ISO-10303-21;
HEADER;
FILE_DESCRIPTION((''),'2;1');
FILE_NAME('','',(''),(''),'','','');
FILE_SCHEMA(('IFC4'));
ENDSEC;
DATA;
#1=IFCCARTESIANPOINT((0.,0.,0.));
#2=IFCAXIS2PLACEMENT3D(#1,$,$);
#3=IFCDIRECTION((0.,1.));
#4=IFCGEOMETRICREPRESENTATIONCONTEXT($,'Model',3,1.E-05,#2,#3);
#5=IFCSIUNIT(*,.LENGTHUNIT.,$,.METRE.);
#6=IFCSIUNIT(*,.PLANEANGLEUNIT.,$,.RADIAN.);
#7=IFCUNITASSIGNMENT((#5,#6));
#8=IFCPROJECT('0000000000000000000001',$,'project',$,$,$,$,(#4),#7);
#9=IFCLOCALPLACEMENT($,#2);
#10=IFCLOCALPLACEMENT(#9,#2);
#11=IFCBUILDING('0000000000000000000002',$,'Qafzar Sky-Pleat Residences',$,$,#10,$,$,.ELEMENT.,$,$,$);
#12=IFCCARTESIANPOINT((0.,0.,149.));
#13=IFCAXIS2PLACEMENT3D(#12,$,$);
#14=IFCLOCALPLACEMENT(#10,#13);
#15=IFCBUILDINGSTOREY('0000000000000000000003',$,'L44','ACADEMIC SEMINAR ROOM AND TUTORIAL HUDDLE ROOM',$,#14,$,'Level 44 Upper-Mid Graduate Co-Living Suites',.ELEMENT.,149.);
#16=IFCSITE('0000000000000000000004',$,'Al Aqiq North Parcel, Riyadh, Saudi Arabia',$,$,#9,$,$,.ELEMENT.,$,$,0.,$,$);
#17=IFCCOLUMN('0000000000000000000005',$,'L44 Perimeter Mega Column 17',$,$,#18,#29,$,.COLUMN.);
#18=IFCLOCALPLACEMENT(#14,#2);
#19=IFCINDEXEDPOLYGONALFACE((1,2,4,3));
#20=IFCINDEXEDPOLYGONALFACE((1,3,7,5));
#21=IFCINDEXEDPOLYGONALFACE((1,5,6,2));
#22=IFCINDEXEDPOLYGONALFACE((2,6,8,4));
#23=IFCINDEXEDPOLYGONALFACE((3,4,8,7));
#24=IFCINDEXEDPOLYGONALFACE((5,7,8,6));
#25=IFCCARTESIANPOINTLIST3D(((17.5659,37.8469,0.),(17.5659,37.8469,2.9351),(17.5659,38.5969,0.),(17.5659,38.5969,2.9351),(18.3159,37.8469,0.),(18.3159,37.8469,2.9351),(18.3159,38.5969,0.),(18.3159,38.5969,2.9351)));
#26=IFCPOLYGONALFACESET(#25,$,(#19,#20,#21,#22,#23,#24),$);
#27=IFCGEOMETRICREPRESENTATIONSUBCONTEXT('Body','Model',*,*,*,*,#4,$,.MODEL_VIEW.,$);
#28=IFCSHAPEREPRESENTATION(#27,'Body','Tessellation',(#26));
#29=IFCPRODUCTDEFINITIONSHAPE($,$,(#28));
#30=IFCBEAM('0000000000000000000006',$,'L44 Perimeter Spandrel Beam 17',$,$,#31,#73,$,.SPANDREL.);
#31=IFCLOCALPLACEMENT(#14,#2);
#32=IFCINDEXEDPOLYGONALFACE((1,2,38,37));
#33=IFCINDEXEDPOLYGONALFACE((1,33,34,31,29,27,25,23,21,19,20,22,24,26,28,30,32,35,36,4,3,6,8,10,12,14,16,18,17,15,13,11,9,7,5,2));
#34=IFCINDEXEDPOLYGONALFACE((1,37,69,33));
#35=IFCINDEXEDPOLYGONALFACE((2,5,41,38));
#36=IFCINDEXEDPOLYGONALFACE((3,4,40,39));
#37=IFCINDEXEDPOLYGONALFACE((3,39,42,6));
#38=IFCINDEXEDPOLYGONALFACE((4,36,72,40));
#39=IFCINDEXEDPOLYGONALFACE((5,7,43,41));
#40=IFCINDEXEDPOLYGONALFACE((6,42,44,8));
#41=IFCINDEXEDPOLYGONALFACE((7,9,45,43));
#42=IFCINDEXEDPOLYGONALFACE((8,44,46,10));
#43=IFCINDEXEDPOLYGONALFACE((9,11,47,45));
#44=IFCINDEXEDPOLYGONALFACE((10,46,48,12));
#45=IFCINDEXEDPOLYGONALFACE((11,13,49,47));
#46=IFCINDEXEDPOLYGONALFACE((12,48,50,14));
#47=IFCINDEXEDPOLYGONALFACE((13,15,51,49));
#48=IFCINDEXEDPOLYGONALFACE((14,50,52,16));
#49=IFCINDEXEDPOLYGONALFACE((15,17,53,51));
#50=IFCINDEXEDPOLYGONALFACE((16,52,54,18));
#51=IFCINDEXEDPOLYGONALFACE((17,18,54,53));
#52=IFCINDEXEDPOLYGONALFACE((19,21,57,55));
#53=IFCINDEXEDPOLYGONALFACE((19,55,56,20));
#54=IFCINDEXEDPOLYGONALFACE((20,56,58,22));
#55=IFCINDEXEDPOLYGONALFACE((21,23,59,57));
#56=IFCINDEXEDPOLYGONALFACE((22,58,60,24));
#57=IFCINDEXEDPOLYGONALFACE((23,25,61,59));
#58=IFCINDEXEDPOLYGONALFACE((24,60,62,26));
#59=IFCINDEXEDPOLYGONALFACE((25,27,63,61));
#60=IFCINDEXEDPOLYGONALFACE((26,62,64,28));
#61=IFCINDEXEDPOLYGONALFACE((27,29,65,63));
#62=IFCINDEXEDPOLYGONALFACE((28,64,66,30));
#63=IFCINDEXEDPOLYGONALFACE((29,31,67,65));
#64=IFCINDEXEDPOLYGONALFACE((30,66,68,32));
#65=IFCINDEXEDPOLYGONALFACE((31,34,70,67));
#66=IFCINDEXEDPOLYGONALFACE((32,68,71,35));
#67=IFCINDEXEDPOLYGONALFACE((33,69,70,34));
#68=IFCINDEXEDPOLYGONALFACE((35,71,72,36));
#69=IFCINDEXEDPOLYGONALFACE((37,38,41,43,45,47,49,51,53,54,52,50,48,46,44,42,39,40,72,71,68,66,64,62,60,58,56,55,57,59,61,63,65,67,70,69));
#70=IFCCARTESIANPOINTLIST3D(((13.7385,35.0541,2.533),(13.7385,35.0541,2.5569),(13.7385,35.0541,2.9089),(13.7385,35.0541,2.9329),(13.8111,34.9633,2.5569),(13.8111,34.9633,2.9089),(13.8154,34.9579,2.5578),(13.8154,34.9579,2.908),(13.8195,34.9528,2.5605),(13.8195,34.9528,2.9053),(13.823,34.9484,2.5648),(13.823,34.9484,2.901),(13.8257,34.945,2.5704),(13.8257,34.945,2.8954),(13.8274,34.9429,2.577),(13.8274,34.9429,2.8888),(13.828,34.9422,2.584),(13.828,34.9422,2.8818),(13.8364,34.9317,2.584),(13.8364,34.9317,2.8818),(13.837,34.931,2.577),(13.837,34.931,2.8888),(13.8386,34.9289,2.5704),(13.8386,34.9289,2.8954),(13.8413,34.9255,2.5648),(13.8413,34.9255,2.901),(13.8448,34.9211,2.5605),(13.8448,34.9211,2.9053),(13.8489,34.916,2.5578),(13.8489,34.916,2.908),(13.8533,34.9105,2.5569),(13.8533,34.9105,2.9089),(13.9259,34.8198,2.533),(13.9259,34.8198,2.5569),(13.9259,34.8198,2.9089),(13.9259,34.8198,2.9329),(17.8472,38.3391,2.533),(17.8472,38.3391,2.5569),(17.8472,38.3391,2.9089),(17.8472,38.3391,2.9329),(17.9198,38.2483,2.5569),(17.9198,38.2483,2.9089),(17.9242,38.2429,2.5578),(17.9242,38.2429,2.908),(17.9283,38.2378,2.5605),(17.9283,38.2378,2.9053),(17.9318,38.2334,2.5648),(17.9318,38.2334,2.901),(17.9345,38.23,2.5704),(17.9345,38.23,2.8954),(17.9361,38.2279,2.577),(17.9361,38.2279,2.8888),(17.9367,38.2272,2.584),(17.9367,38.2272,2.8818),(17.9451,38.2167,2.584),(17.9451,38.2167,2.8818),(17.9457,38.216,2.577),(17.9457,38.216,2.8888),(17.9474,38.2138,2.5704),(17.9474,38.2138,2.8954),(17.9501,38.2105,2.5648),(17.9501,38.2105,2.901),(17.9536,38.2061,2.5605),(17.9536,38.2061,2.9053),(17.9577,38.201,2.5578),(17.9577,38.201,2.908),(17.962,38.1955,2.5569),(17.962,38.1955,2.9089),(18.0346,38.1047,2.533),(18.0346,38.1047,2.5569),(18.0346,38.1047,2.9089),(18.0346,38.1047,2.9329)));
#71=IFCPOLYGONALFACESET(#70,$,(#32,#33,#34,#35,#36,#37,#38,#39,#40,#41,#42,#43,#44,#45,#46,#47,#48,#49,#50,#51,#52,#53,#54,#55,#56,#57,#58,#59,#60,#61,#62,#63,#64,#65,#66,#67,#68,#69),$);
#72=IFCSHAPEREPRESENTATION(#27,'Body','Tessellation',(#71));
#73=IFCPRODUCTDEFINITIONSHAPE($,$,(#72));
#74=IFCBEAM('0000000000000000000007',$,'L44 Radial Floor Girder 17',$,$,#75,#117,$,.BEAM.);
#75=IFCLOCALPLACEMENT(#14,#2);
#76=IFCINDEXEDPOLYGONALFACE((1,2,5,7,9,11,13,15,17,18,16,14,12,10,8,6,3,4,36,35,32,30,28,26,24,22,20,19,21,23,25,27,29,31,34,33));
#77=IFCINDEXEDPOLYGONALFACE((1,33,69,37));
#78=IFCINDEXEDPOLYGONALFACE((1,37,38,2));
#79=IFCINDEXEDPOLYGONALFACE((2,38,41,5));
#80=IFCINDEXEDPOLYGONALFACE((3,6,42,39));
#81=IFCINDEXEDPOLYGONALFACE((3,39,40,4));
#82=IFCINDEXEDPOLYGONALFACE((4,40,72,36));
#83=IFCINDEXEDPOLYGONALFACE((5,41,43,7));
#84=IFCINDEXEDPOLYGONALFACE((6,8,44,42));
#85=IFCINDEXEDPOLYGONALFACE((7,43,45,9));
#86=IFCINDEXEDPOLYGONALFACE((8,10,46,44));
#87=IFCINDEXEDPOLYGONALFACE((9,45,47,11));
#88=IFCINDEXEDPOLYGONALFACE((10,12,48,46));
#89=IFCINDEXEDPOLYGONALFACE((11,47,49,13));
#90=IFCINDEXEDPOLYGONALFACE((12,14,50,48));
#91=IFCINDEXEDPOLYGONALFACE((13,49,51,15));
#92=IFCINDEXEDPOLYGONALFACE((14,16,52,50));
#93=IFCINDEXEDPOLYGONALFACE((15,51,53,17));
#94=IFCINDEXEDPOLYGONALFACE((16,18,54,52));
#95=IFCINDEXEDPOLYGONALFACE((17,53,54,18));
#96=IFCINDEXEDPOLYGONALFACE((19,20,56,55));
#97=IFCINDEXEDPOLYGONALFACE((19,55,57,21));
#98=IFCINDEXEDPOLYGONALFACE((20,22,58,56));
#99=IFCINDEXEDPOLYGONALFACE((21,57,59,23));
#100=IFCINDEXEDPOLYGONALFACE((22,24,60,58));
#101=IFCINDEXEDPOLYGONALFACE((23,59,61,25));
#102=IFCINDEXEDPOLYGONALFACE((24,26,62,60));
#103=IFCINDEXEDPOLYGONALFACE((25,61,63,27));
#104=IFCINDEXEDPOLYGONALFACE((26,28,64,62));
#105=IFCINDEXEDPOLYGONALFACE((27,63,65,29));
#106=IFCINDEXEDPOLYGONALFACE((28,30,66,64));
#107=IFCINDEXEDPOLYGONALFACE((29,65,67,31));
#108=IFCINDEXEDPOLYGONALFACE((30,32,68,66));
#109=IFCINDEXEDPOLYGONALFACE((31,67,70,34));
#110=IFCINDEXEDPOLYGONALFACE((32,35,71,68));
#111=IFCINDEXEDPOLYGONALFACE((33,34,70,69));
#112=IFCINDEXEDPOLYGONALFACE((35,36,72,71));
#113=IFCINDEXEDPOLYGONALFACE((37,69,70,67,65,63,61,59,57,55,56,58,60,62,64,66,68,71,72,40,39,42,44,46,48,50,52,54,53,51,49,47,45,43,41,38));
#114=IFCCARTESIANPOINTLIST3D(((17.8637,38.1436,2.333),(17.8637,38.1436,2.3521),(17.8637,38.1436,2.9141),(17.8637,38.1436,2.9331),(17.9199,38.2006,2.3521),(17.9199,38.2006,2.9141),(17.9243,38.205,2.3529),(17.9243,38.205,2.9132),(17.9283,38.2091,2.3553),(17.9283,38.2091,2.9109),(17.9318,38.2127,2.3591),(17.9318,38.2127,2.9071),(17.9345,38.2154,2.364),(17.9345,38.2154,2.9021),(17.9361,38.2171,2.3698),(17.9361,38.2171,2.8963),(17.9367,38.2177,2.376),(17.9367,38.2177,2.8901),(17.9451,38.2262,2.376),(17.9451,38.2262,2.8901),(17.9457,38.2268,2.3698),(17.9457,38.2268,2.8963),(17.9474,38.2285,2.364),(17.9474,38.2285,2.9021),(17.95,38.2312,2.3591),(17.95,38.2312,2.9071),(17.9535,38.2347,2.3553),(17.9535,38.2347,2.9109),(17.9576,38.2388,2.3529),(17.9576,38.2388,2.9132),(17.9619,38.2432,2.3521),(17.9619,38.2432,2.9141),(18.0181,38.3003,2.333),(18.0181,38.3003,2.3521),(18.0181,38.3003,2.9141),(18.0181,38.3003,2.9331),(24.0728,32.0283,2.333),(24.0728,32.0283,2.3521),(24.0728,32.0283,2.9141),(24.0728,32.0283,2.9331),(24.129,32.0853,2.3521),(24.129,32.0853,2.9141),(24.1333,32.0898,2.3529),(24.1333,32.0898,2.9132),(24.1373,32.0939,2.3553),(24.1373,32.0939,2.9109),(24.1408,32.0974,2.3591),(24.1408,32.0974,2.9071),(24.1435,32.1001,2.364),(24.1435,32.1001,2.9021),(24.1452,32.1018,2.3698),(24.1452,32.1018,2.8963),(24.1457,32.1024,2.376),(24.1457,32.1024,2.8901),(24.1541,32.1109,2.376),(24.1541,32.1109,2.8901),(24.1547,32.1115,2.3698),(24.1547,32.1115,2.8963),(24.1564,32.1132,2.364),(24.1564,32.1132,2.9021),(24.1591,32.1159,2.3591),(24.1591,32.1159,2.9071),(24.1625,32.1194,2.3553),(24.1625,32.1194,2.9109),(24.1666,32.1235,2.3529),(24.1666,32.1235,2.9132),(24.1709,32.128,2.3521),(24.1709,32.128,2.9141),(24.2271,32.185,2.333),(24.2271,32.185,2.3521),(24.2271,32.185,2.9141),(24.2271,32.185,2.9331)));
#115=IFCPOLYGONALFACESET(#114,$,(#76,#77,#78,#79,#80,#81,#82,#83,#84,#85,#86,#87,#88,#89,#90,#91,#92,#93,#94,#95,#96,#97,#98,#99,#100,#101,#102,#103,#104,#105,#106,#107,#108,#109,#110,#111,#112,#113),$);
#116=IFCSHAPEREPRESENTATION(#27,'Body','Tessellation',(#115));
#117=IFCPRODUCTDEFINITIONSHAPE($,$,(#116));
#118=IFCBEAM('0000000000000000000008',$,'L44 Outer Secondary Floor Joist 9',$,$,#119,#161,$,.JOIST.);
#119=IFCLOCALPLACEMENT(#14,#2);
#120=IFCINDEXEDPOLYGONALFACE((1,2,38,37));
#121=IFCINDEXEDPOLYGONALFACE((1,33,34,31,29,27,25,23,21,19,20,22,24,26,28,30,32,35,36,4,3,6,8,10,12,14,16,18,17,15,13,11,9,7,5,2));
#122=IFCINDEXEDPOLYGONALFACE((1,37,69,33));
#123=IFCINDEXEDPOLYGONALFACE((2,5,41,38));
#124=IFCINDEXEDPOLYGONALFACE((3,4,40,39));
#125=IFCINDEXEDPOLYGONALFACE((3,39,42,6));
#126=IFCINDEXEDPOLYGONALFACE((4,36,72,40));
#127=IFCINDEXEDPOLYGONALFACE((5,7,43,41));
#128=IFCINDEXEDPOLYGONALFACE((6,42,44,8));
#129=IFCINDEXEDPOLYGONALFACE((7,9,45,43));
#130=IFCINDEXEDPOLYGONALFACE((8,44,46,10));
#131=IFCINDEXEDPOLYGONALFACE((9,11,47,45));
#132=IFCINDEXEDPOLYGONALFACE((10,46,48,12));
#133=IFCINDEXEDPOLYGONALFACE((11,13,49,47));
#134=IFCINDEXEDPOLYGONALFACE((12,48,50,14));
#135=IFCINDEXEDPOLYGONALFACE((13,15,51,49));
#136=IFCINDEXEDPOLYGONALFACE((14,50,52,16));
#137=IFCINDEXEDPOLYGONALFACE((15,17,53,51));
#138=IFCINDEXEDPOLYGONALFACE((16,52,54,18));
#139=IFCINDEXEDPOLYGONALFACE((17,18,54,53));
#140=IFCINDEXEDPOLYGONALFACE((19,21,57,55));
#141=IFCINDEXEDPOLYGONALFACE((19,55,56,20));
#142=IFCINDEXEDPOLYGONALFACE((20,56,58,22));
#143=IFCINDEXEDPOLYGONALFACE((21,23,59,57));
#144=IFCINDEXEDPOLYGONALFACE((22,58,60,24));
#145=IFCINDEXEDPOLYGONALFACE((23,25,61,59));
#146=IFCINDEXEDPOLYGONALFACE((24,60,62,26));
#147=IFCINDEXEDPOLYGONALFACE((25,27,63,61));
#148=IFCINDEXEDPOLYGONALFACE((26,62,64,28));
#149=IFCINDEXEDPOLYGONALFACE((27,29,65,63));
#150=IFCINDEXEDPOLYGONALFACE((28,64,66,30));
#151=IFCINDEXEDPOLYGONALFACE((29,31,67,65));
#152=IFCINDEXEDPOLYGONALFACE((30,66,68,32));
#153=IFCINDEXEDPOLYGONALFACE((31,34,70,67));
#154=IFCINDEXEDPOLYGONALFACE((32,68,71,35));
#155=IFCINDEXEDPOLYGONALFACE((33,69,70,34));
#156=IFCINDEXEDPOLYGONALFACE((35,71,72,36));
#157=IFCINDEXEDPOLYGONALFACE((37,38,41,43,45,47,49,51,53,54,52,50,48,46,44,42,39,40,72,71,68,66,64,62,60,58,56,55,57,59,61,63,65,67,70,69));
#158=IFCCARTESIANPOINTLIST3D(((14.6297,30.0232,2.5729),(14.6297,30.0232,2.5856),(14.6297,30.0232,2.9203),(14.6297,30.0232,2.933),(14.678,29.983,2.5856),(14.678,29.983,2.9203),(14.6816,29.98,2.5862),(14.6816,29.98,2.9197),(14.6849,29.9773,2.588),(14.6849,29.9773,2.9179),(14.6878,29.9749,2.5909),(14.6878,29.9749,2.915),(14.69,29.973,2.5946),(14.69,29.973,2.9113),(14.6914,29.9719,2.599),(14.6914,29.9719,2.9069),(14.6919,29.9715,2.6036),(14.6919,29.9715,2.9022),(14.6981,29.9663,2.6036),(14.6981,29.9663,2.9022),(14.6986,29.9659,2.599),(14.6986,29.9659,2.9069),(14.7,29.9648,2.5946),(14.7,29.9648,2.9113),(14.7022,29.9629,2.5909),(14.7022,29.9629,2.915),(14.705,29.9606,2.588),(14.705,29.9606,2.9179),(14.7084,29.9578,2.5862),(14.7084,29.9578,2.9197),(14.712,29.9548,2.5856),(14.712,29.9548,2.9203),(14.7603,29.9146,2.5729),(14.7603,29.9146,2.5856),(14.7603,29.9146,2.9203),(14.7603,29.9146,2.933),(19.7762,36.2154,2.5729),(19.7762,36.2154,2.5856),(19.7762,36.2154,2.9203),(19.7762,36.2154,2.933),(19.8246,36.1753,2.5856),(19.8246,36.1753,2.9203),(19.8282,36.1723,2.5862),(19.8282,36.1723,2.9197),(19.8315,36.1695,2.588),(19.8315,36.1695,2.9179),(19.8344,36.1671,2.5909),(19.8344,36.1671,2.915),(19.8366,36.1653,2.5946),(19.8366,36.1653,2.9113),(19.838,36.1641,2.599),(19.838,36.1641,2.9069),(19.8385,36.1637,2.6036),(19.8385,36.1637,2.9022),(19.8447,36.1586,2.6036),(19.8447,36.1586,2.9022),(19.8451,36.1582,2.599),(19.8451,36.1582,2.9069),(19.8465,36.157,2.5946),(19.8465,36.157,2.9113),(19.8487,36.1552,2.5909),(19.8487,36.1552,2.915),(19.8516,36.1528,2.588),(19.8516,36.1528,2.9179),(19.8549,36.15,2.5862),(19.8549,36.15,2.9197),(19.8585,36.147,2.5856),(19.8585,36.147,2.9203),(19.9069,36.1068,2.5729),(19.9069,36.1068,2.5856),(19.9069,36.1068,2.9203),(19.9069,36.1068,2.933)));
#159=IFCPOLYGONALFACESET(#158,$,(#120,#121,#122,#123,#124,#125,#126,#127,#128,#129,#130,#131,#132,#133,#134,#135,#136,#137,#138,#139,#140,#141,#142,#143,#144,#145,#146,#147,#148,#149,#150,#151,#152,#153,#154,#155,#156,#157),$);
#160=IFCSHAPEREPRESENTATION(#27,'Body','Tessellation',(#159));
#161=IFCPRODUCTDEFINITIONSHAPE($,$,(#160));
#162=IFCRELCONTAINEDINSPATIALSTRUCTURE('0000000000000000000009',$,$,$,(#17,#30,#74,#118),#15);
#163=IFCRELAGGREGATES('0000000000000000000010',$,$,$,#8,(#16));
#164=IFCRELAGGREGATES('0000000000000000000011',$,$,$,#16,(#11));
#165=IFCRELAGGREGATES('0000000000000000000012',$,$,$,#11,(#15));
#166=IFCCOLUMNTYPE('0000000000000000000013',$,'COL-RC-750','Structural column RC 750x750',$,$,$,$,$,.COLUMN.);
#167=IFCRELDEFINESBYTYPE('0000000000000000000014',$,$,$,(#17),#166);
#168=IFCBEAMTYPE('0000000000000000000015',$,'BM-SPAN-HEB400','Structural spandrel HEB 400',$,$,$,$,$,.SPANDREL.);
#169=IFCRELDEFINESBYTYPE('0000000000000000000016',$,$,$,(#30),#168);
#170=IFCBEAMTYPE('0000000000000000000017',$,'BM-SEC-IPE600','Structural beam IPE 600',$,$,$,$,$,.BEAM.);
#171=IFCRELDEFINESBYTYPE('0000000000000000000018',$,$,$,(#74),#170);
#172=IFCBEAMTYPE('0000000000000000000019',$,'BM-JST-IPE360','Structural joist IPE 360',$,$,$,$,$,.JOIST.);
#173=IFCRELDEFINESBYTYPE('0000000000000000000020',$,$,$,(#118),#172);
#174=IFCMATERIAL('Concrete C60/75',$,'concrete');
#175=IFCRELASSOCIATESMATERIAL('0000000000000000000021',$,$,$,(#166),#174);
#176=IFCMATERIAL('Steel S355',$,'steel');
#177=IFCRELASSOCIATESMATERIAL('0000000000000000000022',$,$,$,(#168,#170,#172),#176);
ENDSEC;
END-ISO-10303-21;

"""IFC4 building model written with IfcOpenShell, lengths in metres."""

from ifc_helpers import new_model, si_unit, direction, frame, origin, origin_2d, place, context, subcontext, project, spatial, rectangle, i_section, extrude, source, transform, mapped, material, material_profile, profile_set, type_object, element, save


model = new_model("IFC4")

# Units and contexts
model_context = context("Model", 3, precision=1e-05, world=origin(), true_north=direction((0.0, 1.0)))
body_context = subcontext(model_context, "Body", "Model", "MODEL_VIEW")
ifc_project = project(units=[si_unit("LENGTHUNIT", "METRE"), si_unit("PLANEANGLEUNIT", "RADIAN")], contexts=[model_context])

# Site, building, storey
site_placement = place(None, origin())
site = spatial("IfcSite", under=ifc_project, at=site_placement, Name="Al Aqiq North Parcel, Riyadh, Saudi Arabia", CompositionType="ELEMENT", RefElevation=0.0)
building_placement = place(site_placement, origin())
building = spatial("IfcBuilding", under=site, at=building_placement, Name="Qafzar Sky-Pleat Residences", CompositionType="ELEMENT")
storey_placement = place(building_placement, frame((0.0, 0.0, 149.0)))
storey = spatial("IfcBuildingStorey", under=building, at=storey_placement, Name="L44", Description="ACADEMIC SEMINAR ROOM AND TUTORIAL HUDDLE ROOM", LongName="Level 44 Upper-Mid Graduate Co-Living Suites", CompositionType="ELEMENT", Elevation=149.0)

# Column
ifc_material_1 = material(Name="Concrete C60/75", Category="concrete")
ifc_material_profile_1 = material_profile(ifc_material_1, rectangle(XDim=0.75, YDim=0.75, at=origin_2d()), Name="RC 750x750")
ifc_profile_set_1 = profile_set([ifc_material_profile_1], Name="Concrete C60/75")
column_type = type_object("IfcColumnType", Name="COL-RC-750", Description="Structural column RC 750x750", PredefinedType="COLUMN", material=ifc_profile_set_1)
shared_shape_1 = source(origin(), body_context, "Body", "SweptSolid", [
    extrude(rectangle(XDim=0.75, YDim=0.75, at=origin_2d()), origin(), (0.0, 0.0, 1.0), 2.9351),
])
column_placement = place(storey_placement, frame((17.9409, 38.2219, 0.0), z_axis=(0.0, 0.0, 1.0), x_axis=(1.0, 0.0, 0.0)))
element("IfcColumn", 1, at=column_placement, inside=storey, type_object=column_type, Name="L44 Perimeter Mega Column 17", PredefinedType="COLUMN", context=body_context, shape_type="MappedRepresentation", body=[
    mapped(shared_shape_1, transform((0.0, 0.0, 0.0), x_axis=(1.0, 0.0, 0.0), y_axis=(0.0, 1.0, 0.0), z_axis=(0.0, 0.0, 1.0), scale=1.0)),
])

# Beams
ifc_material_2 = material(Name="Steel S355", Category="steel")
ifc_material_profile_2 = material_profile(ifc_material_2, i_section(OverallWidth=0.3, OverallDepth=0.3999, WebThickness=0.0134, FlangeThickness=0.0239, FilletRadius=0.0271, at=origin_2d()), Name="HEB 400")
ifc_profile_set_2 = profile_set([ifc_material_profile_2], Name="Steel S355")
beam_type_1 = type_object("IfcBeamType", Name="BM-SPAN-HEB400", Description="Structural spandrel HEB 400", PredefinedType="SPANDREL", material=ifc_profile_set_2)
shared_shape_2 = source(origin(), body_context, "Body", "SweptSolid", [
    extrude(i_section(OverallWidth=0.3, OverallDepth=0.3999, WebThickness=0.0134, FlangeThickness=0.0239, FilletRadius=0.0271, at=origin_2d()), origin(), (0.0, 0.0, 1.0), 5.2605),
])
beam_1_placement = place(storey_placement, frame((17.9409, 38.2219, 2.7329), z_axis=(-0.781054, -0.624463, 0.0), x_axis=(0.624463, -0.781054, 0.0)))
element("IfcBeam", 2, at=beam_1_placement, inside=storey, type_object=beam_type_1, Name="L44 Perimeter Spandrel Beam 17", PredefinedType="SPANDREL", context=body_context, shape_type="MappedRepresentation", body=[
    mapped(shared_shape_2, transform((0.0, 0.0, 0.0), x_axis=(1.0, 0.0, 0.0), y_axis=(0.0, 1.0, 0.0), z_axis=(0.0, 0.0, 1.0), scale=1.0)),
])
ifc_material_profile_3 = material_profile(ifc_material_2, i_section(OverallWidth=0.22, OverallDepth=0.6001, WebThickness=0.012, FlangeThickness=0.019, FilletRadius=0.0239, at=origin_2d()), Name="IPE 600")
ifc_profile_set_3 = profile_set([ifc_material_profile_3], Name="Steel S355")
beam_type_2 = type_object("IfcBeamType", Name="BM-SEC-IPE600", Description="Structural beam IPE 600", PredefinedType="BEAM", material=ifc_profile_set_3)
shared_shape_3 = source(origin(), body_context, "Body", "SweptSolid", [
    extrude(i_section(OverallWidth=0.22, OverallDepth=0.6001, WebThickness=0.012, FlangeThickness=0.019, FilletRadius=0.0239, at=origin_2d()), origin(), (0.0, 0.0, 1.0), 8.7148),
])
beam_2_placement = place(storey_placement, frame((17.9409, 38.2219, 2.6331), z_axis=(0.712465, -0.701708, 0.0), x_axis=(0.701708, 0.712465, 0.0)))
element("IfcBeam", 3, at=beam_2_placement, inside=storey, type_object=beam_type_2, Name="L44 Radial Floor Girder 17", PredefinedType="BEAM", context=body_context, shape_type="MappedRepresentation", body=[
    mapped(shared_shape_3, transform((0.0, 0.0, 0.0), x_axis=(1.0, 0.0, 0.0), y_axis=(0.0, 1.0, 0.0), z_axis=(0.0, 0.0, 1.0), scale=1.0)),
])
ifc_material_profile_4 = material_profile(ifc_material_2, i_section(OverallWidth=0.1699, OverallDepth=0.3601, WebThickness=0.0081, FlangeThickness=0.0127, FilletRadius=0.0181, at=origin_2d()), Name="IPE 360")
ifc_profile_set_4 = profile_set([ifc_material_profile_4], Name="Steel S355")
beam_type_3 = type_object("IfcBeamType", Name="BM-JST-IPE360", Description="Structural joist IPE 360", PredefinedType="JOIST", material=ifc_profile_set_4)
shared_shape_4 = source(origin(), body_context, "Body", "SweptSolid", [
    extrude(i_section(OverallWidth=0.1699, OverallDepth=0.3601, WebThickness=0.0081, FlangeThickness=0.0127, FilletRadius=0.0181, at=origin_2d()), origin(), (0.0, 0.0, 1.0), 8.0518),
])
beam_3_placement = place(storey_placement, frame((19.8416, 36.1611, 2.7529), z_axis=(-0.639185, -0.769053, 0.0), x_axis=(0.769053, -0.639185, 0.0)))
element("IfcBeam", 4, at=beam_3_placement, inside=storey, type_object=beam_type_3, Name="L44 Outer Secondary Floor Joist 9", PredefinedType="JOIST", context=body_context, shape_type="MappedRepresentation", body=[
    mapped(shared_shape_4, transform((0.0, 0.0, 0.0), x_axis=(1.0, 0.0, 0.0), y_axis=(0.0, 1.0, 0.0), z_axis=(0.0, 0.0, 1.0), scale=1.0)),
])

save(model, "model.ifc")
